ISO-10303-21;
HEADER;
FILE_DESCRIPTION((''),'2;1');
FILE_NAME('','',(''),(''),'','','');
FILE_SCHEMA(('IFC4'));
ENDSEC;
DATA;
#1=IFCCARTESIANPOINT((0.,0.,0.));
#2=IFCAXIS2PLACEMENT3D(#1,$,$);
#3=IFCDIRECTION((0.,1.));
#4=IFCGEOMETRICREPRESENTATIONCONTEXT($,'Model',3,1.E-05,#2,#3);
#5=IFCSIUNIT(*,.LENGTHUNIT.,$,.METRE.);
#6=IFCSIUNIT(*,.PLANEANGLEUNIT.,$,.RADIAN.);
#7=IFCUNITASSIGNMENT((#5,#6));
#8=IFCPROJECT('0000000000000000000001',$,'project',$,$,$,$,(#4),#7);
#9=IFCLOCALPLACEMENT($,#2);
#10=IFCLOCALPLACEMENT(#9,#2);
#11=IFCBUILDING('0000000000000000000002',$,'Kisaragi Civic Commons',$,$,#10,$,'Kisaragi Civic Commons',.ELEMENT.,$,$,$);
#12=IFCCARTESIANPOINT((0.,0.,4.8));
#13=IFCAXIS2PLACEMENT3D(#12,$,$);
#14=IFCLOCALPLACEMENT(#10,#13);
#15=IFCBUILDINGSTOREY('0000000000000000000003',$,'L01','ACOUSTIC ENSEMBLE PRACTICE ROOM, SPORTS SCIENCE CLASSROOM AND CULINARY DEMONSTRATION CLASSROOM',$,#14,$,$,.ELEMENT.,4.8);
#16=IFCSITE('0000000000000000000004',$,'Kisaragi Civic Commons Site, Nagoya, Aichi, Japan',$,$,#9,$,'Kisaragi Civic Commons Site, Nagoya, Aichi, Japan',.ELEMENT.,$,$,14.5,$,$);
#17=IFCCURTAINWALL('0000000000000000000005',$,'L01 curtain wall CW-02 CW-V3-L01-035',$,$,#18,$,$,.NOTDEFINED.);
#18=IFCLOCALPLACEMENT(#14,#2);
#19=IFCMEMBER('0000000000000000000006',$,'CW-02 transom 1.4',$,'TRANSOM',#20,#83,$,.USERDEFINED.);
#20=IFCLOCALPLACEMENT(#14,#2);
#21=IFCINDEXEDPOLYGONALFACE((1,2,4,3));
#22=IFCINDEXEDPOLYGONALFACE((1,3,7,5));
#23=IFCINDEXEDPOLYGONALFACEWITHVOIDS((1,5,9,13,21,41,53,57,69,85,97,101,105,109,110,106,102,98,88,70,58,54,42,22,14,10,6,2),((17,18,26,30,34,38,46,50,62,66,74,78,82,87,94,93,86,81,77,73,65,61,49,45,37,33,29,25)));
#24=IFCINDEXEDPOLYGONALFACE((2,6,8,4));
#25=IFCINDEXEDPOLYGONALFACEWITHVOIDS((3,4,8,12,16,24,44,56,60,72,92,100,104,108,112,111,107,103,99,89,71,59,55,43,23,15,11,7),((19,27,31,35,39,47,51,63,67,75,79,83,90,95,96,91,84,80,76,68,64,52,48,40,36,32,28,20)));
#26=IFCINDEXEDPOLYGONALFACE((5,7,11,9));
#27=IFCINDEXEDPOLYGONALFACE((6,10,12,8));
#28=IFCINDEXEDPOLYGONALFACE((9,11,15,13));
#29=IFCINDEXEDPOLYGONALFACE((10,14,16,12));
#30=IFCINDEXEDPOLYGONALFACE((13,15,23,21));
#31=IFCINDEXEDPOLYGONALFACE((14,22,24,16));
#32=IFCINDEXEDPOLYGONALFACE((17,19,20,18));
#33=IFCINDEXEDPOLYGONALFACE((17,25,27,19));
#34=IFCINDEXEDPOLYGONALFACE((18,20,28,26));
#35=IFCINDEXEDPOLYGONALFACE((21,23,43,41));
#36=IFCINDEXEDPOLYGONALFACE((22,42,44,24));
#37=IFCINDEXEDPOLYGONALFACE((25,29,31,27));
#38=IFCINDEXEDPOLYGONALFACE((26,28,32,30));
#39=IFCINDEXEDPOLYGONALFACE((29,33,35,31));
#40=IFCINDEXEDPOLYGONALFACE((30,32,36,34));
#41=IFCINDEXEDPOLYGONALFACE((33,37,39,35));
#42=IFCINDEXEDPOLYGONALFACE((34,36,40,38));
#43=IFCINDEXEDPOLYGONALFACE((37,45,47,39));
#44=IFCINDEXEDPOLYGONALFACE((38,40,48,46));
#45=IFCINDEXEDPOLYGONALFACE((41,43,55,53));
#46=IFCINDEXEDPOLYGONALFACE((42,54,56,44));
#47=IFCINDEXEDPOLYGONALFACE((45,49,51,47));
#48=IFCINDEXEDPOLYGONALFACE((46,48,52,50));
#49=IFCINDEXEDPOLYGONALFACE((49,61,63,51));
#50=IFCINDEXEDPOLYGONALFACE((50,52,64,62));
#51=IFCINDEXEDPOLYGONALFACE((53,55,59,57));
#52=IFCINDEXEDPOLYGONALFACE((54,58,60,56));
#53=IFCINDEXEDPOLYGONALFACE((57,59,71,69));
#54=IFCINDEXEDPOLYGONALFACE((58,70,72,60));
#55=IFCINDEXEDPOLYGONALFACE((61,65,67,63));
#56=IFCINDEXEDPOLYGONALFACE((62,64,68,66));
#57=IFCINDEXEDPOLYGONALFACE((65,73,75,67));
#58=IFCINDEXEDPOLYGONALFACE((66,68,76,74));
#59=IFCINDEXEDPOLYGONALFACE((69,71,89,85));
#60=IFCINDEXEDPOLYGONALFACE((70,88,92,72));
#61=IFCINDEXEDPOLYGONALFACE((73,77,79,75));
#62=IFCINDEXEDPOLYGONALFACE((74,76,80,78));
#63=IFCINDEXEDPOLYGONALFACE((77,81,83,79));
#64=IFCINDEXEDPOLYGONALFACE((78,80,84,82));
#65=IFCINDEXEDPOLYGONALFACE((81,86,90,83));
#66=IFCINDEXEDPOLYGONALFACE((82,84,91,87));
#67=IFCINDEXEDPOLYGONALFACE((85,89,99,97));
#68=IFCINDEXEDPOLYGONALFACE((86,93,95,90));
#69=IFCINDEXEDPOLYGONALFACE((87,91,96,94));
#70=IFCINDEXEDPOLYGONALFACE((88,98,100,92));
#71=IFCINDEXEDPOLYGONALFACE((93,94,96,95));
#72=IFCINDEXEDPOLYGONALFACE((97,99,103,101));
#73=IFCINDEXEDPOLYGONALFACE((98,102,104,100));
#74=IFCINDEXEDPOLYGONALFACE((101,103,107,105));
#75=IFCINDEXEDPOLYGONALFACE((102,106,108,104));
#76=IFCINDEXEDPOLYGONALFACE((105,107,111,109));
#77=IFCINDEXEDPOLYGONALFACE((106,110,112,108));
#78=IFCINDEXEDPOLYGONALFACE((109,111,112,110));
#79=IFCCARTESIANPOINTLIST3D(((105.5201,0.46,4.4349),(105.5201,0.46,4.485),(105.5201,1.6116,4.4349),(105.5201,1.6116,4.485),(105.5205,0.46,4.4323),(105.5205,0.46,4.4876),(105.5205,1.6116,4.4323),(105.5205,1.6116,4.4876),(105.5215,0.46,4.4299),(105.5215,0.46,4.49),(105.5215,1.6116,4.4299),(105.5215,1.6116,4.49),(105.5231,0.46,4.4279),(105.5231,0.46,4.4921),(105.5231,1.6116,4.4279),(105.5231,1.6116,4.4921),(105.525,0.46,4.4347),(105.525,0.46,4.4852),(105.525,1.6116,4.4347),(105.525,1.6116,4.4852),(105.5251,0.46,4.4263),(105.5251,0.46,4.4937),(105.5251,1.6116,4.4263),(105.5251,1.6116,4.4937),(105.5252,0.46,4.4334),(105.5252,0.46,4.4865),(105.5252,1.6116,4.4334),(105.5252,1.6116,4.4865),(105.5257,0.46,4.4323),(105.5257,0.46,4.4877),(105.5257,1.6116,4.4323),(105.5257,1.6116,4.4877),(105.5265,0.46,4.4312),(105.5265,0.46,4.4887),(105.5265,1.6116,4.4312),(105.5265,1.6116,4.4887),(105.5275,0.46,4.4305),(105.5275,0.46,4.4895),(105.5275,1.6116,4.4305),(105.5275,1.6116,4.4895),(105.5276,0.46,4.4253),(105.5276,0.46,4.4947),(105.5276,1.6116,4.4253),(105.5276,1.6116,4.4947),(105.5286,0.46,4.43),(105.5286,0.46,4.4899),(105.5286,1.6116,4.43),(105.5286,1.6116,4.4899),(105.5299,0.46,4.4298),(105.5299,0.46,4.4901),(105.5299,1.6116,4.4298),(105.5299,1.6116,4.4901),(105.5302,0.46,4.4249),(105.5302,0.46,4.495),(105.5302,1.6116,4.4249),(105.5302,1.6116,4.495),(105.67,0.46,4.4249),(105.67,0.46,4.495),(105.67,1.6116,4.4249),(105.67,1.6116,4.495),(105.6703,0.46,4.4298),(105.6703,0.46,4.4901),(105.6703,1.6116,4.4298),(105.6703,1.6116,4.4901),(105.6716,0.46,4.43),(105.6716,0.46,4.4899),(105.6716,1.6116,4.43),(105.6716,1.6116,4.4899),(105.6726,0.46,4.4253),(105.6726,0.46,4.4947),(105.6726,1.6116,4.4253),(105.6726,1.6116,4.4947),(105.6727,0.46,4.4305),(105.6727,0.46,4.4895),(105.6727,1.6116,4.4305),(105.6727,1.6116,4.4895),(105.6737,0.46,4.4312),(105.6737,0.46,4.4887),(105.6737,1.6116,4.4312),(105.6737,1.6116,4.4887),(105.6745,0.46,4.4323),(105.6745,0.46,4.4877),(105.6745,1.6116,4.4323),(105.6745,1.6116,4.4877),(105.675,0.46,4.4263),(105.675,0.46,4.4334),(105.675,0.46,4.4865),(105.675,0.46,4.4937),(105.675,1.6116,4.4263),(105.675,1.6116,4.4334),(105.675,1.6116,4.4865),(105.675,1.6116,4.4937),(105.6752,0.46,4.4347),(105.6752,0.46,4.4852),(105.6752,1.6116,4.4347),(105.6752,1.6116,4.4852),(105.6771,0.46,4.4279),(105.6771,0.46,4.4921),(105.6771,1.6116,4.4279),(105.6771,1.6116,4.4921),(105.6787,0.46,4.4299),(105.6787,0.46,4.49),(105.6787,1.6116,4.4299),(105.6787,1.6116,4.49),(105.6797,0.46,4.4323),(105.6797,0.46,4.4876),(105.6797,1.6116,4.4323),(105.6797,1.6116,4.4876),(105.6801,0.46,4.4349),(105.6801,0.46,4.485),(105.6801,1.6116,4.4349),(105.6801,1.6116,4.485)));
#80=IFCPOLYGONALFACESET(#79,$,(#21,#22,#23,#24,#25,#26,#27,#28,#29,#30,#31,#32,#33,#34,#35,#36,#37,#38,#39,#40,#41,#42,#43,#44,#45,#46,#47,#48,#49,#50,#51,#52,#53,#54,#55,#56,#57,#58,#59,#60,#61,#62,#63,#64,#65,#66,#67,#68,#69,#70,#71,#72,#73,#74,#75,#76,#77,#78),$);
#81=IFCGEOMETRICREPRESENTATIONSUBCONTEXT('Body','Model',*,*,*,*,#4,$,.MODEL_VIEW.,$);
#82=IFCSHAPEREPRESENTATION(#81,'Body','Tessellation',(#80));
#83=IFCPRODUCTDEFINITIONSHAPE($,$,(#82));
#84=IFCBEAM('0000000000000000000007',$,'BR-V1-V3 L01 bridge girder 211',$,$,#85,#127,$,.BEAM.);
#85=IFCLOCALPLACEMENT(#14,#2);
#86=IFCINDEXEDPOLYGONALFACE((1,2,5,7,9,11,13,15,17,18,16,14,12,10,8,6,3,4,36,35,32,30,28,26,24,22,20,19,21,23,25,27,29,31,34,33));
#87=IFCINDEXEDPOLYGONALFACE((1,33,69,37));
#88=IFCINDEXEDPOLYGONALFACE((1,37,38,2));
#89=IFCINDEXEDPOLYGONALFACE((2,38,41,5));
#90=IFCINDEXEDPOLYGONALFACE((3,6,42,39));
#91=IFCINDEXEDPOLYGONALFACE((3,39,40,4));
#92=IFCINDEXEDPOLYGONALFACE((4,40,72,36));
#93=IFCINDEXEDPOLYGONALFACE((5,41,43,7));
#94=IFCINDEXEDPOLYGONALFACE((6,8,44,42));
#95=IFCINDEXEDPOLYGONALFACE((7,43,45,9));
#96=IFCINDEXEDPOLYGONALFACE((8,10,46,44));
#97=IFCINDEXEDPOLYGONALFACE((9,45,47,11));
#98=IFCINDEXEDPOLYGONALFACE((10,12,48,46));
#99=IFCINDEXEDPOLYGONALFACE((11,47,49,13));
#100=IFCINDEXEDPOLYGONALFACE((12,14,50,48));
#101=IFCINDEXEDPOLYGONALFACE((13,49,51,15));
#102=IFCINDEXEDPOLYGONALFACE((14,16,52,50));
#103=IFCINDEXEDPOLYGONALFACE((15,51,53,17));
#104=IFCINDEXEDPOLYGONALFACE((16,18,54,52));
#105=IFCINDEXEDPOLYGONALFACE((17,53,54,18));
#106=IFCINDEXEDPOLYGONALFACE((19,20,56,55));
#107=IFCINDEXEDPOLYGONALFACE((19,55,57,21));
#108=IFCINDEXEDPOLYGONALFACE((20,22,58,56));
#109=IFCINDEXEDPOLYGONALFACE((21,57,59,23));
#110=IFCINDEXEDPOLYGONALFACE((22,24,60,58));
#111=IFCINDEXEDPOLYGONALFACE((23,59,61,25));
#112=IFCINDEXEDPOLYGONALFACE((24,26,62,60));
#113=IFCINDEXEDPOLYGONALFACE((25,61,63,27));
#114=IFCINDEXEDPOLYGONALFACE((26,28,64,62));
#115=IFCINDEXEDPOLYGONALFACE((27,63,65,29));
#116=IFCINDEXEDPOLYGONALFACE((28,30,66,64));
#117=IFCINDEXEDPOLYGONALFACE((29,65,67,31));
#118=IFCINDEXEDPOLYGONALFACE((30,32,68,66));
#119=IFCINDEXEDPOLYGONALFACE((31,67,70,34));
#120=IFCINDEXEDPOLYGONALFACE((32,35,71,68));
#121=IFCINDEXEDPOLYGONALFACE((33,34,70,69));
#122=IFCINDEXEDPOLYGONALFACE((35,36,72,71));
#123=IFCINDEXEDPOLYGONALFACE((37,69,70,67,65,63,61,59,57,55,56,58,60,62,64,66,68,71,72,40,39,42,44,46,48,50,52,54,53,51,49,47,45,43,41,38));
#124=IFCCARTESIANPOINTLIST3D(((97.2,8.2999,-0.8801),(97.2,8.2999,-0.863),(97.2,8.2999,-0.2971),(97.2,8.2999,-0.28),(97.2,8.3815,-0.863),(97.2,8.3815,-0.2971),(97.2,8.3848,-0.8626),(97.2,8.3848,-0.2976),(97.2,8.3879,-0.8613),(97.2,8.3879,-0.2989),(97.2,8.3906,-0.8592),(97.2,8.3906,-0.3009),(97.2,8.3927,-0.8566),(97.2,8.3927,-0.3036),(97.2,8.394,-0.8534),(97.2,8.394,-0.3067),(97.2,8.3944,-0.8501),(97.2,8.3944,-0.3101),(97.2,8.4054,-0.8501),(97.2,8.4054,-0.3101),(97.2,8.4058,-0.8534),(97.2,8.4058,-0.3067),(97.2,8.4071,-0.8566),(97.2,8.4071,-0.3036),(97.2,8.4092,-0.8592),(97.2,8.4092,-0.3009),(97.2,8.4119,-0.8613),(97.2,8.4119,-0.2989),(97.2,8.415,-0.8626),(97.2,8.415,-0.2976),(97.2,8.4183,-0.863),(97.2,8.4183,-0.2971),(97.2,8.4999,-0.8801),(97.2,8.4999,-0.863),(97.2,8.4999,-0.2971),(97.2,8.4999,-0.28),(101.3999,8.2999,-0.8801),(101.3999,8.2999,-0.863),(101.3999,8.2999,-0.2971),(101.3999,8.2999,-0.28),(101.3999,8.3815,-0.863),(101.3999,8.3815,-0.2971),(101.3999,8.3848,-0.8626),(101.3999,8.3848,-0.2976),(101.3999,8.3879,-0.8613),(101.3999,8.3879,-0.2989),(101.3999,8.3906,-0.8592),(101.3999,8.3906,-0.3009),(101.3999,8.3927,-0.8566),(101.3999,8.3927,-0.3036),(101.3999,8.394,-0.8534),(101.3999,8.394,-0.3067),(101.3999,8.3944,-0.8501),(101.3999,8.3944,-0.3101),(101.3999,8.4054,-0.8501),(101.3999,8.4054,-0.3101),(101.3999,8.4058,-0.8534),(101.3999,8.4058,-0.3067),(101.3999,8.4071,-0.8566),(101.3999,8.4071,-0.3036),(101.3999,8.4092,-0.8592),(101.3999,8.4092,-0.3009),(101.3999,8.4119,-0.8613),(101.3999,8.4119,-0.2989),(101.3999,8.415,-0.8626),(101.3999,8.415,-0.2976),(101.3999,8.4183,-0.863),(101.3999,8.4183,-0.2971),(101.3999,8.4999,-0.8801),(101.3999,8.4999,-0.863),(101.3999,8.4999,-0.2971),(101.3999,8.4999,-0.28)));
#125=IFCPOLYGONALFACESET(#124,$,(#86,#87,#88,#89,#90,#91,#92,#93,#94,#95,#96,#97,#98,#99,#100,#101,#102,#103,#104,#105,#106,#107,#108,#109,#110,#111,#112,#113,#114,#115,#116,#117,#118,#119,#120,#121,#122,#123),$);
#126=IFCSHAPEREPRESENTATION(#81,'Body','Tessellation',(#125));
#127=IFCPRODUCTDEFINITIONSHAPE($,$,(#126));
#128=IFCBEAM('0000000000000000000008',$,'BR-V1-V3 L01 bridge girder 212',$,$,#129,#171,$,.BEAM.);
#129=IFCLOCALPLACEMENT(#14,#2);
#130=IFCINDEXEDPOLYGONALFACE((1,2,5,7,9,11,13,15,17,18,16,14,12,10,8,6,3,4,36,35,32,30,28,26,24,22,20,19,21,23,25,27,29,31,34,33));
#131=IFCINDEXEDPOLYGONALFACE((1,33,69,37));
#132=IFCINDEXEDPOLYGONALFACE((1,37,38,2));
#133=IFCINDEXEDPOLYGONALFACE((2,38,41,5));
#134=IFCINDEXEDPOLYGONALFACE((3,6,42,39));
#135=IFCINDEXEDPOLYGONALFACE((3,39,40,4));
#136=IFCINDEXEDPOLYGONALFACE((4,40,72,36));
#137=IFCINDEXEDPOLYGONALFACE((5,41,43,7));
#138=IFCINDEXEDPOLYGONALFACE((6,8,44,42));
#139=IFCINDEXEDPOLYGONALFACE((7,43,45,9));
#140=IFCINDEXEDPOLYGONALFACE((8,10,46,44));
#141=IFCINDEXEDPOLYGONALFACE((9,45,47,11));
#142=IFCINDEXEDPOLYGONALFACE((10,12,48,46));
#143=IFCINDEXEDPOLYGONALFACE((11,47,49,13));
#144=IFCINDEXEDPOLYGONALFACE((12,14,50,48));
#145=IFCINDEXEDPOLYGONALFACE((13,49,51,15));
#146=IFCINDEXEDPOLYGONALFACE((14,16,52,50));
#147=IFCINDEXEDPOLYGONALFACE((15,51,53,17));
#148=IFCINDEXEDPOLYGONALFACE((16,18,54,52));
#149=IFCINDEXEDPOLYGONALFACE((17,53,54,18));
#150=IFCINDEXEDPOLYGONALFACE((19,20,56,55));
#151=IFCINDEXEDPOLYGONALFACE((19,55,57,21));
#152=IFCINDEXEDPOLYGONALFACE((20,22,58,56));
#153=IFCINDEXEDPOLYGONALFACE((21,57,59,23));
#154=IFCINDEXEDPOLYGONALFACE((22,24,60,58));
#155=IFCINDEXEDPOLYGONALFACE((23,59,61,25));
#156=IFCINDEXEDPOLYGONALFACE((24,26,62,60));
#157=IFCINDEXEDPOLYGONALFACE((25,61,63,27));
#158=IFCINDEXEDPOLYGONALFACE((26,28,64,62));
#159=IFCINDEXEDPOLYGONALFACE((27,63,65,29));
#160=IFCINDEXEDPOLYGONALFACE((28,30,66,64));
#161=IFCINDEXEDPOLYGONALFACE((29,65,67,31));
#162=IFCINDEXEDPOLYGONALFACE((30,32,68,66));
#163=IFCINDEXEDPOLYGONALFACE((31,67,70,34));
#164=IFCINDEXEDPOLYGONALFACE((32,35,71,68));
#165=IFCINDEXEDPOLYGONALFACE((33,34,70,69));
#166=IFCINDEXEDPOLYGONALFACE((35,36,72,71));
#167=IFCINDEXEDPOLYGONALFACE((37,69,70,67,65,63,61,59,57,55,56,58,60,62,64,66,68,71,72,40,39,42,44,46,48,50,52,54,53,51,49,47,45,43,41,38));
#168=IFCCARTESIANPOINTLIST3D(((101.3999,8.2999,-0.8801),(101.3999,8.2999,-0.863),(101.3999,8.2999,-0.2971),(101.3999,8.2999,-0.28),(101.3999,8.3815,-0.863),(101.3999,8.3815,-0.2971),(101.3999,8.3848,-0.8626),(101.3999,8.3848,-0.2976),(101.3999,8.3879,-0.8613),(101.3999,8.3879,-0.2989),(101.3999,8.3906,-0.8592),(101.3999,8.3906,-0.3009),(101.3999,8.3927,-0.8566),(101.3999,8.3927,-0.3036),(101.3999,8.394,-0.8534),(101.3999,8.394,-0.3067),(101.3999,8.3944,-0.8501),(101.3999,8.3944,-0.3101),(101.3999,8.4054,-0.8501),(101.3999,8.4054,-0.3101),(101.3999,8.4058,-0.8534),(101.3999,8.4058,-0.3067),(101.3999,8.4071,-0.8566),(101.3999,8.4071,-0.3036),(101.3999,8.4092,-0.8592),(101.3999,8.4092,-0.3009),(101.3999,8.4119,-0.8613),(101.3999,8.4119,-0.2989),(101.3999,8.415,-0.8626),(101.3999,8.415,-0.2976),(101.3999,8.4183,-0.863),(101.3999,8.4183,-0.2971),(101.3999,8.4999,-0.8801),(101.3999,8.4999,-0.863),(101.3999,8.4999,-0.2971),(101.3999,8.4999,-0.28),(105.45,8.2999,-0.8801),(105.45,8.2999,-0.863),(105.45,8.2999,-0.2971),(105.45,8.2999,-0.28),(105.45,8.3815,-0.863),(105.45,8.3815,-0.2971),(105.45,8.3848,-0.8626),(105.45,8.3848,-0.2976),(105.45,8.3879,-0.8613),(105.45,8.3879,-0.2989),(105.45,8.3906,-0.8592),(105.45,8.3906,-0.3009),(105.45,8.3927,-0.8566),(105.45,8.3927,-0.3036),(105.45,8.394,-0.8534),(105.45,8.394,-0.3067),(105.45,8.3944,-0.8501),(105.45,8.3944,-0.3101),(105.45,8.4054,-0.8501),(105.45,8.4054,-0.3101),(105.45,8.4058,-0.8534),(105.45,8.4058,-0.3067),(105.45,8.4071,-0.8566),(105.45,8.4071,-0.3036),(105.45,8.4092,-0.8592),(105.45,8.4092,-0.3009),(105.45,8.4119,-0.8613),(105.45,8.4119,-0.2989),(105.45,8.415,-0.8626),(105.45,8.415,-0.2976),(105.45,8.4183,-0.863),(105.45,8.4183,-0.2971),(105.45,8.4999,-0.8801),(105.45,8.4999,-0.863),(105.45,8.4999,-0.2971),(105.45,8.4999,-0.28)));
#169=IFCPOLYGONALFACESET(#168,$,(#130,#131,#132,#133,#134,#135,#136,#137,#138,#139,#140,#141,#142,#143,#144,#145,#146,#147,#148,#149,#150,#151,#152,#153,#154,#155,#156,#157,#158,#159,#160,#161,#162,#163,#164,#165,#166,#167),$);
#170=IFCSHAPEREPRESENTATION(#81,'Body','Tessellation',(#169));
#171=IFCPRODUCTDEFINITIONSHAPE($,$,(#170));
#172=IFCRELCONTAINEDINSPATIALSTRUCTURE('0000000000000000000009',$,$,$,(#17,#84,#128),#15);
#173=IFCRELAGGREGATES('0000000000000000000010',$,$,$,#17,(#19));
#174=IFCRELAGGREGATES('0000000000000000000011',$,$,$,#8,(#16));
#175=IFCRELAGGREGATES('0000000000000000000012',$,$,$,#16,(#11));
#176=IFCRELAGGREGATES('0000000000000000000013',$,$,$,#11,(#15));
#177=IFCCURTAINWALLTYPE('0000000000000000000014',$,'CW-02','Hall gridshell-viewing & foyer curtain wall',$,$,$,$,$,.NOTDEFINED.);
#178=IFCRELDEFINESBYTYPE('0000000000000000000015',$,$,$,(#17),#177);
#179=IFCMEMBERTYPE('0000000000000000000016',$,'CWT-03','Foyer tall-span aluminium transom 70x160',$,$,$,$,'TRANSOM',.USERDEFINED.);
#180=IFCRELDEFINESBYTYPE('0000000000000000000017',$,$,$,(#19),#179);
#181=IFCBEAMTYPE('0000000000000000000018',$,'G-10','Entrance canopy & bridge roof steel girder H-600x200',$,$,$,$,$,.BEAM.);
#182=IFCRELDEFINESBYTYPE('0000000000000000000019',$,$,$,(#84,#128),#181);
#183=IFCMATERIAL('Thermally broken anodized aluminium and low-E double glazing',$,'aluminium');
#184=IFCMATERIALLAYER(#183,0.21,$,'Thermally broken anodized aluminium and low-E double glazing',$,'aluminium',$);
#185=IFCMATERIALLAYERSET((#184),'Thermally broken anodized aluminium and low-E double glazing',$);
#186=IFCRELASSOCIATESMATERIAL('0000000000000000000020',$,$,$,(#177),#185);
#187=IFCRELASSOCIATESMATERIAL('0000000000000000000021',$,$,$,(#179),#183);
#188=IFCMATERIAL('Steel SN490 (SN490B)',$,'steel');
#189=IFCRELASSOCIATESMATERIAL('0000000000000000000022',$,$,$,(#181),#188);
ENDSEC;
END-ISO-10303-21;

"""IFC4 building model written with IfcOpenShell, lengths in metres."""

from ifc_helpers import new_model, si_unit, direction, frame, origin, origin_2d, place, context, subcontext, project, spatial, hollow_rectangle, i_section, extrude, material, layer, layer_set, material_profile, profile_set, type_object, element, aggregate, save


model = new_model("IFC4")

# Units and contexts
model_context = context("Model", 3, precision=1e-05, world=origin(), true_north=direction((0.0, 1.0)))
body_context = subcontext(model_context, "Body", "Model", "MODEL_VIEW")
ifc_project = project(units=[si_unit("LENGTHUNIT", "METRE"), si_unit("PLANEANGLEUNIT", "RADIAN")], contexts=[model_context])

# Site, building, storey
site_placement = place(None, origin())
site = spatial("IfcSite", under=ifc_project, at=site_placement, Name="Kisaragi Civic Commons Site, Nagoya, Aichi, Japan", LongName="Kisaragi Civic Commons Site, Nagoya, Aichi, Japan", CompositionType="ELEMENT", RefElevation=14.5)
building_placement = place(site_placement, origin())
building = spatial("IfcBuilding", under=site, at=building_placement, Name="Kisaragi Civic Commons", LongName="Kisaragi Civic Commons", CompositionType="ELEMENT")
storey_placement = place(building_placement, frame((0.0, 0.0, 4.8)))
storey = spatial("IfcBuildingStorey", under=building, at=storey_placement, Name="L01", Description="ACOUSTIC ENSEMBLE PRACTICE ROOM, SPORTS SCIENCE CLASSROOM AND CULINARY DEMONSTRATION CLASSROOM", CompositionType="ELEMENT", Elevation=4.8)

# Curtain wall, member
ifc_material_1 = material(Name="Thermally broken anodized aluminium and low-E double glazing", Category="aluminium")
ifc_layer_1 = layer(ifc_material_1, 0.21, Name="Thermally broken anodized aluminium and low-E double glazing", Category="aluminium")
ifc_layer_set_1 = layer_set([ifc_layer_1], Name="Thermally broken anodized aluminium and low-E double glazing")
curtain_wall_type = type_object("IfcCurtainWallType", Name="CW-02", Description="Hall gridshell-viewing & foyer curtain wall", PredefinedType="NOTDEFINED", material=ifc_layer_set_1)
curtain_wall_placement = place(storey_placement, origin())
curtain_wall = element("IfcCurtainWall", 1, at=curtain_wall_placement, inside=storey, type_object=curtain_wall_type, Name="L01 curtain wall CW-02 CW-V3-L01-035", PredefinedType="NOTDEFINED")
ifc_material_profile_1 = material_profile(ifc_material_1, hollow_rectangle(XDim=0.1599, YDim=0.0701, WallThickness=0.0049, InnerFilletRadius=0.0049, OuterFilletRadius=0.01, at=origin_2d()), Name="CWT-70x160x5", Category="aluminium")
ifc_profile_set_1 = profile_set([ifc_material_profile_1], Name="Thermally broken anodized aluminium and low-E double glazing")
member_type_1 = type_object("IfcMemberType", Name="CWT-03", Description="Foyer tall-span aluminium transom 70x160", ElementType="TRANSOM", PredefinedType="USERDEFINED", material=ifc_profile_set_1)
member_1_placement = place(storey_placement, frame((105.6001, 0.46, 4.46), z_axis=(0.0, 1.0, 0.0), x_axis=(-1.0, 0.0, 0.0)))
member_1 = element("IfcMember", 2, at=member_1_placement, type_object=member_type_1, Name="CW-02 transom 1.4", ObjectType="TRANSOM", PredefinedType="USERDEFINED", context=body_context, shape_type="SweptSolid", body=[
    extrude(hollow_rectangle(XDim=0.1599, YDim=0.0701, WallThickness=0.0049, InnerFilletRadius=0.0049, OuterFilletRadius=0.01, at=origin_2d()), origin(), (0.0, 0.0, 1.0), 1.1516),
])

# Beams
ifc_material_2 = material(Name="Steel SN490 (SN490B)", Category="steel")
ifc_material_profile_2 = material_profile(ifc_material_2, i_section(OverallWidth=0.2, OverallDepth=0.6001, WebThickness=0.011, FlangeThickness=0.0171, FilletRadius=0.0129, at=origin_2d()), Name="H-600x200x11x17", Category="steel")
ifc_profile_set_2 = profile_set([ifc_material_profile_2], Name="Steel SN490 (SN490B)")
beam_type_1 = type_object("IfcBeamType", Name="G-10", Description="Entrance canopy & bridge roof steel girder H-600x200", PredefinedType="BEAM", material=ifc_profile_set_2)
beam_1_placement = place(storey_placement, frame((97.2, 8.3999, -0.5801), z_axis=(1.0, 0.0, 0.0), x_axis=(0.0, 1.0, 0.0)))
element("IfcBeam", 3, at=beam_1_placement, inside=storey, type_object=beam_type_1, Name="BR-V1-V3 L01 bridge girder 211", PredefinedType="BEAM", context=body_context, shape_type="SweptSolid", body=[
    extrude(i_section(OverallWidth=0.2, OverallDepth=0.6001, WebThickness=0.011, FlangeThickness=0.0171, FilletRadius=0.0129, at=origin_2d()), origin(), (0.0, 0.0, 1.0), 4.2),
])
beam_2_placement = place(storey_placement, frame((101.3999, 8.3999, -0.5801), z_axis=(1.0, 0.0, 0.0), x_axis=(0.0, 1.0, 0.0)))
element("IfcBeam", 4, at=beam_2_placement, inside=storey, type_object=beam_type_1, Name="BR-V1-V3 L01 bridge girder 212", PredefinedType="BEAM", context=body_context, shape_type="SweptSolid", body=[
    extrude(i_section(OverallWidth=0.2, OverallDepth=0.6001, WebThickness=0.011, FlangeThickness=0.0171, FilletRadius=0.0129, at=origin_2d()), origin(), (0.0, 0.0, 1.0), 4.05),
])

aggregate(curtain_wall, [member_1])

save(model, "model.ifc")
